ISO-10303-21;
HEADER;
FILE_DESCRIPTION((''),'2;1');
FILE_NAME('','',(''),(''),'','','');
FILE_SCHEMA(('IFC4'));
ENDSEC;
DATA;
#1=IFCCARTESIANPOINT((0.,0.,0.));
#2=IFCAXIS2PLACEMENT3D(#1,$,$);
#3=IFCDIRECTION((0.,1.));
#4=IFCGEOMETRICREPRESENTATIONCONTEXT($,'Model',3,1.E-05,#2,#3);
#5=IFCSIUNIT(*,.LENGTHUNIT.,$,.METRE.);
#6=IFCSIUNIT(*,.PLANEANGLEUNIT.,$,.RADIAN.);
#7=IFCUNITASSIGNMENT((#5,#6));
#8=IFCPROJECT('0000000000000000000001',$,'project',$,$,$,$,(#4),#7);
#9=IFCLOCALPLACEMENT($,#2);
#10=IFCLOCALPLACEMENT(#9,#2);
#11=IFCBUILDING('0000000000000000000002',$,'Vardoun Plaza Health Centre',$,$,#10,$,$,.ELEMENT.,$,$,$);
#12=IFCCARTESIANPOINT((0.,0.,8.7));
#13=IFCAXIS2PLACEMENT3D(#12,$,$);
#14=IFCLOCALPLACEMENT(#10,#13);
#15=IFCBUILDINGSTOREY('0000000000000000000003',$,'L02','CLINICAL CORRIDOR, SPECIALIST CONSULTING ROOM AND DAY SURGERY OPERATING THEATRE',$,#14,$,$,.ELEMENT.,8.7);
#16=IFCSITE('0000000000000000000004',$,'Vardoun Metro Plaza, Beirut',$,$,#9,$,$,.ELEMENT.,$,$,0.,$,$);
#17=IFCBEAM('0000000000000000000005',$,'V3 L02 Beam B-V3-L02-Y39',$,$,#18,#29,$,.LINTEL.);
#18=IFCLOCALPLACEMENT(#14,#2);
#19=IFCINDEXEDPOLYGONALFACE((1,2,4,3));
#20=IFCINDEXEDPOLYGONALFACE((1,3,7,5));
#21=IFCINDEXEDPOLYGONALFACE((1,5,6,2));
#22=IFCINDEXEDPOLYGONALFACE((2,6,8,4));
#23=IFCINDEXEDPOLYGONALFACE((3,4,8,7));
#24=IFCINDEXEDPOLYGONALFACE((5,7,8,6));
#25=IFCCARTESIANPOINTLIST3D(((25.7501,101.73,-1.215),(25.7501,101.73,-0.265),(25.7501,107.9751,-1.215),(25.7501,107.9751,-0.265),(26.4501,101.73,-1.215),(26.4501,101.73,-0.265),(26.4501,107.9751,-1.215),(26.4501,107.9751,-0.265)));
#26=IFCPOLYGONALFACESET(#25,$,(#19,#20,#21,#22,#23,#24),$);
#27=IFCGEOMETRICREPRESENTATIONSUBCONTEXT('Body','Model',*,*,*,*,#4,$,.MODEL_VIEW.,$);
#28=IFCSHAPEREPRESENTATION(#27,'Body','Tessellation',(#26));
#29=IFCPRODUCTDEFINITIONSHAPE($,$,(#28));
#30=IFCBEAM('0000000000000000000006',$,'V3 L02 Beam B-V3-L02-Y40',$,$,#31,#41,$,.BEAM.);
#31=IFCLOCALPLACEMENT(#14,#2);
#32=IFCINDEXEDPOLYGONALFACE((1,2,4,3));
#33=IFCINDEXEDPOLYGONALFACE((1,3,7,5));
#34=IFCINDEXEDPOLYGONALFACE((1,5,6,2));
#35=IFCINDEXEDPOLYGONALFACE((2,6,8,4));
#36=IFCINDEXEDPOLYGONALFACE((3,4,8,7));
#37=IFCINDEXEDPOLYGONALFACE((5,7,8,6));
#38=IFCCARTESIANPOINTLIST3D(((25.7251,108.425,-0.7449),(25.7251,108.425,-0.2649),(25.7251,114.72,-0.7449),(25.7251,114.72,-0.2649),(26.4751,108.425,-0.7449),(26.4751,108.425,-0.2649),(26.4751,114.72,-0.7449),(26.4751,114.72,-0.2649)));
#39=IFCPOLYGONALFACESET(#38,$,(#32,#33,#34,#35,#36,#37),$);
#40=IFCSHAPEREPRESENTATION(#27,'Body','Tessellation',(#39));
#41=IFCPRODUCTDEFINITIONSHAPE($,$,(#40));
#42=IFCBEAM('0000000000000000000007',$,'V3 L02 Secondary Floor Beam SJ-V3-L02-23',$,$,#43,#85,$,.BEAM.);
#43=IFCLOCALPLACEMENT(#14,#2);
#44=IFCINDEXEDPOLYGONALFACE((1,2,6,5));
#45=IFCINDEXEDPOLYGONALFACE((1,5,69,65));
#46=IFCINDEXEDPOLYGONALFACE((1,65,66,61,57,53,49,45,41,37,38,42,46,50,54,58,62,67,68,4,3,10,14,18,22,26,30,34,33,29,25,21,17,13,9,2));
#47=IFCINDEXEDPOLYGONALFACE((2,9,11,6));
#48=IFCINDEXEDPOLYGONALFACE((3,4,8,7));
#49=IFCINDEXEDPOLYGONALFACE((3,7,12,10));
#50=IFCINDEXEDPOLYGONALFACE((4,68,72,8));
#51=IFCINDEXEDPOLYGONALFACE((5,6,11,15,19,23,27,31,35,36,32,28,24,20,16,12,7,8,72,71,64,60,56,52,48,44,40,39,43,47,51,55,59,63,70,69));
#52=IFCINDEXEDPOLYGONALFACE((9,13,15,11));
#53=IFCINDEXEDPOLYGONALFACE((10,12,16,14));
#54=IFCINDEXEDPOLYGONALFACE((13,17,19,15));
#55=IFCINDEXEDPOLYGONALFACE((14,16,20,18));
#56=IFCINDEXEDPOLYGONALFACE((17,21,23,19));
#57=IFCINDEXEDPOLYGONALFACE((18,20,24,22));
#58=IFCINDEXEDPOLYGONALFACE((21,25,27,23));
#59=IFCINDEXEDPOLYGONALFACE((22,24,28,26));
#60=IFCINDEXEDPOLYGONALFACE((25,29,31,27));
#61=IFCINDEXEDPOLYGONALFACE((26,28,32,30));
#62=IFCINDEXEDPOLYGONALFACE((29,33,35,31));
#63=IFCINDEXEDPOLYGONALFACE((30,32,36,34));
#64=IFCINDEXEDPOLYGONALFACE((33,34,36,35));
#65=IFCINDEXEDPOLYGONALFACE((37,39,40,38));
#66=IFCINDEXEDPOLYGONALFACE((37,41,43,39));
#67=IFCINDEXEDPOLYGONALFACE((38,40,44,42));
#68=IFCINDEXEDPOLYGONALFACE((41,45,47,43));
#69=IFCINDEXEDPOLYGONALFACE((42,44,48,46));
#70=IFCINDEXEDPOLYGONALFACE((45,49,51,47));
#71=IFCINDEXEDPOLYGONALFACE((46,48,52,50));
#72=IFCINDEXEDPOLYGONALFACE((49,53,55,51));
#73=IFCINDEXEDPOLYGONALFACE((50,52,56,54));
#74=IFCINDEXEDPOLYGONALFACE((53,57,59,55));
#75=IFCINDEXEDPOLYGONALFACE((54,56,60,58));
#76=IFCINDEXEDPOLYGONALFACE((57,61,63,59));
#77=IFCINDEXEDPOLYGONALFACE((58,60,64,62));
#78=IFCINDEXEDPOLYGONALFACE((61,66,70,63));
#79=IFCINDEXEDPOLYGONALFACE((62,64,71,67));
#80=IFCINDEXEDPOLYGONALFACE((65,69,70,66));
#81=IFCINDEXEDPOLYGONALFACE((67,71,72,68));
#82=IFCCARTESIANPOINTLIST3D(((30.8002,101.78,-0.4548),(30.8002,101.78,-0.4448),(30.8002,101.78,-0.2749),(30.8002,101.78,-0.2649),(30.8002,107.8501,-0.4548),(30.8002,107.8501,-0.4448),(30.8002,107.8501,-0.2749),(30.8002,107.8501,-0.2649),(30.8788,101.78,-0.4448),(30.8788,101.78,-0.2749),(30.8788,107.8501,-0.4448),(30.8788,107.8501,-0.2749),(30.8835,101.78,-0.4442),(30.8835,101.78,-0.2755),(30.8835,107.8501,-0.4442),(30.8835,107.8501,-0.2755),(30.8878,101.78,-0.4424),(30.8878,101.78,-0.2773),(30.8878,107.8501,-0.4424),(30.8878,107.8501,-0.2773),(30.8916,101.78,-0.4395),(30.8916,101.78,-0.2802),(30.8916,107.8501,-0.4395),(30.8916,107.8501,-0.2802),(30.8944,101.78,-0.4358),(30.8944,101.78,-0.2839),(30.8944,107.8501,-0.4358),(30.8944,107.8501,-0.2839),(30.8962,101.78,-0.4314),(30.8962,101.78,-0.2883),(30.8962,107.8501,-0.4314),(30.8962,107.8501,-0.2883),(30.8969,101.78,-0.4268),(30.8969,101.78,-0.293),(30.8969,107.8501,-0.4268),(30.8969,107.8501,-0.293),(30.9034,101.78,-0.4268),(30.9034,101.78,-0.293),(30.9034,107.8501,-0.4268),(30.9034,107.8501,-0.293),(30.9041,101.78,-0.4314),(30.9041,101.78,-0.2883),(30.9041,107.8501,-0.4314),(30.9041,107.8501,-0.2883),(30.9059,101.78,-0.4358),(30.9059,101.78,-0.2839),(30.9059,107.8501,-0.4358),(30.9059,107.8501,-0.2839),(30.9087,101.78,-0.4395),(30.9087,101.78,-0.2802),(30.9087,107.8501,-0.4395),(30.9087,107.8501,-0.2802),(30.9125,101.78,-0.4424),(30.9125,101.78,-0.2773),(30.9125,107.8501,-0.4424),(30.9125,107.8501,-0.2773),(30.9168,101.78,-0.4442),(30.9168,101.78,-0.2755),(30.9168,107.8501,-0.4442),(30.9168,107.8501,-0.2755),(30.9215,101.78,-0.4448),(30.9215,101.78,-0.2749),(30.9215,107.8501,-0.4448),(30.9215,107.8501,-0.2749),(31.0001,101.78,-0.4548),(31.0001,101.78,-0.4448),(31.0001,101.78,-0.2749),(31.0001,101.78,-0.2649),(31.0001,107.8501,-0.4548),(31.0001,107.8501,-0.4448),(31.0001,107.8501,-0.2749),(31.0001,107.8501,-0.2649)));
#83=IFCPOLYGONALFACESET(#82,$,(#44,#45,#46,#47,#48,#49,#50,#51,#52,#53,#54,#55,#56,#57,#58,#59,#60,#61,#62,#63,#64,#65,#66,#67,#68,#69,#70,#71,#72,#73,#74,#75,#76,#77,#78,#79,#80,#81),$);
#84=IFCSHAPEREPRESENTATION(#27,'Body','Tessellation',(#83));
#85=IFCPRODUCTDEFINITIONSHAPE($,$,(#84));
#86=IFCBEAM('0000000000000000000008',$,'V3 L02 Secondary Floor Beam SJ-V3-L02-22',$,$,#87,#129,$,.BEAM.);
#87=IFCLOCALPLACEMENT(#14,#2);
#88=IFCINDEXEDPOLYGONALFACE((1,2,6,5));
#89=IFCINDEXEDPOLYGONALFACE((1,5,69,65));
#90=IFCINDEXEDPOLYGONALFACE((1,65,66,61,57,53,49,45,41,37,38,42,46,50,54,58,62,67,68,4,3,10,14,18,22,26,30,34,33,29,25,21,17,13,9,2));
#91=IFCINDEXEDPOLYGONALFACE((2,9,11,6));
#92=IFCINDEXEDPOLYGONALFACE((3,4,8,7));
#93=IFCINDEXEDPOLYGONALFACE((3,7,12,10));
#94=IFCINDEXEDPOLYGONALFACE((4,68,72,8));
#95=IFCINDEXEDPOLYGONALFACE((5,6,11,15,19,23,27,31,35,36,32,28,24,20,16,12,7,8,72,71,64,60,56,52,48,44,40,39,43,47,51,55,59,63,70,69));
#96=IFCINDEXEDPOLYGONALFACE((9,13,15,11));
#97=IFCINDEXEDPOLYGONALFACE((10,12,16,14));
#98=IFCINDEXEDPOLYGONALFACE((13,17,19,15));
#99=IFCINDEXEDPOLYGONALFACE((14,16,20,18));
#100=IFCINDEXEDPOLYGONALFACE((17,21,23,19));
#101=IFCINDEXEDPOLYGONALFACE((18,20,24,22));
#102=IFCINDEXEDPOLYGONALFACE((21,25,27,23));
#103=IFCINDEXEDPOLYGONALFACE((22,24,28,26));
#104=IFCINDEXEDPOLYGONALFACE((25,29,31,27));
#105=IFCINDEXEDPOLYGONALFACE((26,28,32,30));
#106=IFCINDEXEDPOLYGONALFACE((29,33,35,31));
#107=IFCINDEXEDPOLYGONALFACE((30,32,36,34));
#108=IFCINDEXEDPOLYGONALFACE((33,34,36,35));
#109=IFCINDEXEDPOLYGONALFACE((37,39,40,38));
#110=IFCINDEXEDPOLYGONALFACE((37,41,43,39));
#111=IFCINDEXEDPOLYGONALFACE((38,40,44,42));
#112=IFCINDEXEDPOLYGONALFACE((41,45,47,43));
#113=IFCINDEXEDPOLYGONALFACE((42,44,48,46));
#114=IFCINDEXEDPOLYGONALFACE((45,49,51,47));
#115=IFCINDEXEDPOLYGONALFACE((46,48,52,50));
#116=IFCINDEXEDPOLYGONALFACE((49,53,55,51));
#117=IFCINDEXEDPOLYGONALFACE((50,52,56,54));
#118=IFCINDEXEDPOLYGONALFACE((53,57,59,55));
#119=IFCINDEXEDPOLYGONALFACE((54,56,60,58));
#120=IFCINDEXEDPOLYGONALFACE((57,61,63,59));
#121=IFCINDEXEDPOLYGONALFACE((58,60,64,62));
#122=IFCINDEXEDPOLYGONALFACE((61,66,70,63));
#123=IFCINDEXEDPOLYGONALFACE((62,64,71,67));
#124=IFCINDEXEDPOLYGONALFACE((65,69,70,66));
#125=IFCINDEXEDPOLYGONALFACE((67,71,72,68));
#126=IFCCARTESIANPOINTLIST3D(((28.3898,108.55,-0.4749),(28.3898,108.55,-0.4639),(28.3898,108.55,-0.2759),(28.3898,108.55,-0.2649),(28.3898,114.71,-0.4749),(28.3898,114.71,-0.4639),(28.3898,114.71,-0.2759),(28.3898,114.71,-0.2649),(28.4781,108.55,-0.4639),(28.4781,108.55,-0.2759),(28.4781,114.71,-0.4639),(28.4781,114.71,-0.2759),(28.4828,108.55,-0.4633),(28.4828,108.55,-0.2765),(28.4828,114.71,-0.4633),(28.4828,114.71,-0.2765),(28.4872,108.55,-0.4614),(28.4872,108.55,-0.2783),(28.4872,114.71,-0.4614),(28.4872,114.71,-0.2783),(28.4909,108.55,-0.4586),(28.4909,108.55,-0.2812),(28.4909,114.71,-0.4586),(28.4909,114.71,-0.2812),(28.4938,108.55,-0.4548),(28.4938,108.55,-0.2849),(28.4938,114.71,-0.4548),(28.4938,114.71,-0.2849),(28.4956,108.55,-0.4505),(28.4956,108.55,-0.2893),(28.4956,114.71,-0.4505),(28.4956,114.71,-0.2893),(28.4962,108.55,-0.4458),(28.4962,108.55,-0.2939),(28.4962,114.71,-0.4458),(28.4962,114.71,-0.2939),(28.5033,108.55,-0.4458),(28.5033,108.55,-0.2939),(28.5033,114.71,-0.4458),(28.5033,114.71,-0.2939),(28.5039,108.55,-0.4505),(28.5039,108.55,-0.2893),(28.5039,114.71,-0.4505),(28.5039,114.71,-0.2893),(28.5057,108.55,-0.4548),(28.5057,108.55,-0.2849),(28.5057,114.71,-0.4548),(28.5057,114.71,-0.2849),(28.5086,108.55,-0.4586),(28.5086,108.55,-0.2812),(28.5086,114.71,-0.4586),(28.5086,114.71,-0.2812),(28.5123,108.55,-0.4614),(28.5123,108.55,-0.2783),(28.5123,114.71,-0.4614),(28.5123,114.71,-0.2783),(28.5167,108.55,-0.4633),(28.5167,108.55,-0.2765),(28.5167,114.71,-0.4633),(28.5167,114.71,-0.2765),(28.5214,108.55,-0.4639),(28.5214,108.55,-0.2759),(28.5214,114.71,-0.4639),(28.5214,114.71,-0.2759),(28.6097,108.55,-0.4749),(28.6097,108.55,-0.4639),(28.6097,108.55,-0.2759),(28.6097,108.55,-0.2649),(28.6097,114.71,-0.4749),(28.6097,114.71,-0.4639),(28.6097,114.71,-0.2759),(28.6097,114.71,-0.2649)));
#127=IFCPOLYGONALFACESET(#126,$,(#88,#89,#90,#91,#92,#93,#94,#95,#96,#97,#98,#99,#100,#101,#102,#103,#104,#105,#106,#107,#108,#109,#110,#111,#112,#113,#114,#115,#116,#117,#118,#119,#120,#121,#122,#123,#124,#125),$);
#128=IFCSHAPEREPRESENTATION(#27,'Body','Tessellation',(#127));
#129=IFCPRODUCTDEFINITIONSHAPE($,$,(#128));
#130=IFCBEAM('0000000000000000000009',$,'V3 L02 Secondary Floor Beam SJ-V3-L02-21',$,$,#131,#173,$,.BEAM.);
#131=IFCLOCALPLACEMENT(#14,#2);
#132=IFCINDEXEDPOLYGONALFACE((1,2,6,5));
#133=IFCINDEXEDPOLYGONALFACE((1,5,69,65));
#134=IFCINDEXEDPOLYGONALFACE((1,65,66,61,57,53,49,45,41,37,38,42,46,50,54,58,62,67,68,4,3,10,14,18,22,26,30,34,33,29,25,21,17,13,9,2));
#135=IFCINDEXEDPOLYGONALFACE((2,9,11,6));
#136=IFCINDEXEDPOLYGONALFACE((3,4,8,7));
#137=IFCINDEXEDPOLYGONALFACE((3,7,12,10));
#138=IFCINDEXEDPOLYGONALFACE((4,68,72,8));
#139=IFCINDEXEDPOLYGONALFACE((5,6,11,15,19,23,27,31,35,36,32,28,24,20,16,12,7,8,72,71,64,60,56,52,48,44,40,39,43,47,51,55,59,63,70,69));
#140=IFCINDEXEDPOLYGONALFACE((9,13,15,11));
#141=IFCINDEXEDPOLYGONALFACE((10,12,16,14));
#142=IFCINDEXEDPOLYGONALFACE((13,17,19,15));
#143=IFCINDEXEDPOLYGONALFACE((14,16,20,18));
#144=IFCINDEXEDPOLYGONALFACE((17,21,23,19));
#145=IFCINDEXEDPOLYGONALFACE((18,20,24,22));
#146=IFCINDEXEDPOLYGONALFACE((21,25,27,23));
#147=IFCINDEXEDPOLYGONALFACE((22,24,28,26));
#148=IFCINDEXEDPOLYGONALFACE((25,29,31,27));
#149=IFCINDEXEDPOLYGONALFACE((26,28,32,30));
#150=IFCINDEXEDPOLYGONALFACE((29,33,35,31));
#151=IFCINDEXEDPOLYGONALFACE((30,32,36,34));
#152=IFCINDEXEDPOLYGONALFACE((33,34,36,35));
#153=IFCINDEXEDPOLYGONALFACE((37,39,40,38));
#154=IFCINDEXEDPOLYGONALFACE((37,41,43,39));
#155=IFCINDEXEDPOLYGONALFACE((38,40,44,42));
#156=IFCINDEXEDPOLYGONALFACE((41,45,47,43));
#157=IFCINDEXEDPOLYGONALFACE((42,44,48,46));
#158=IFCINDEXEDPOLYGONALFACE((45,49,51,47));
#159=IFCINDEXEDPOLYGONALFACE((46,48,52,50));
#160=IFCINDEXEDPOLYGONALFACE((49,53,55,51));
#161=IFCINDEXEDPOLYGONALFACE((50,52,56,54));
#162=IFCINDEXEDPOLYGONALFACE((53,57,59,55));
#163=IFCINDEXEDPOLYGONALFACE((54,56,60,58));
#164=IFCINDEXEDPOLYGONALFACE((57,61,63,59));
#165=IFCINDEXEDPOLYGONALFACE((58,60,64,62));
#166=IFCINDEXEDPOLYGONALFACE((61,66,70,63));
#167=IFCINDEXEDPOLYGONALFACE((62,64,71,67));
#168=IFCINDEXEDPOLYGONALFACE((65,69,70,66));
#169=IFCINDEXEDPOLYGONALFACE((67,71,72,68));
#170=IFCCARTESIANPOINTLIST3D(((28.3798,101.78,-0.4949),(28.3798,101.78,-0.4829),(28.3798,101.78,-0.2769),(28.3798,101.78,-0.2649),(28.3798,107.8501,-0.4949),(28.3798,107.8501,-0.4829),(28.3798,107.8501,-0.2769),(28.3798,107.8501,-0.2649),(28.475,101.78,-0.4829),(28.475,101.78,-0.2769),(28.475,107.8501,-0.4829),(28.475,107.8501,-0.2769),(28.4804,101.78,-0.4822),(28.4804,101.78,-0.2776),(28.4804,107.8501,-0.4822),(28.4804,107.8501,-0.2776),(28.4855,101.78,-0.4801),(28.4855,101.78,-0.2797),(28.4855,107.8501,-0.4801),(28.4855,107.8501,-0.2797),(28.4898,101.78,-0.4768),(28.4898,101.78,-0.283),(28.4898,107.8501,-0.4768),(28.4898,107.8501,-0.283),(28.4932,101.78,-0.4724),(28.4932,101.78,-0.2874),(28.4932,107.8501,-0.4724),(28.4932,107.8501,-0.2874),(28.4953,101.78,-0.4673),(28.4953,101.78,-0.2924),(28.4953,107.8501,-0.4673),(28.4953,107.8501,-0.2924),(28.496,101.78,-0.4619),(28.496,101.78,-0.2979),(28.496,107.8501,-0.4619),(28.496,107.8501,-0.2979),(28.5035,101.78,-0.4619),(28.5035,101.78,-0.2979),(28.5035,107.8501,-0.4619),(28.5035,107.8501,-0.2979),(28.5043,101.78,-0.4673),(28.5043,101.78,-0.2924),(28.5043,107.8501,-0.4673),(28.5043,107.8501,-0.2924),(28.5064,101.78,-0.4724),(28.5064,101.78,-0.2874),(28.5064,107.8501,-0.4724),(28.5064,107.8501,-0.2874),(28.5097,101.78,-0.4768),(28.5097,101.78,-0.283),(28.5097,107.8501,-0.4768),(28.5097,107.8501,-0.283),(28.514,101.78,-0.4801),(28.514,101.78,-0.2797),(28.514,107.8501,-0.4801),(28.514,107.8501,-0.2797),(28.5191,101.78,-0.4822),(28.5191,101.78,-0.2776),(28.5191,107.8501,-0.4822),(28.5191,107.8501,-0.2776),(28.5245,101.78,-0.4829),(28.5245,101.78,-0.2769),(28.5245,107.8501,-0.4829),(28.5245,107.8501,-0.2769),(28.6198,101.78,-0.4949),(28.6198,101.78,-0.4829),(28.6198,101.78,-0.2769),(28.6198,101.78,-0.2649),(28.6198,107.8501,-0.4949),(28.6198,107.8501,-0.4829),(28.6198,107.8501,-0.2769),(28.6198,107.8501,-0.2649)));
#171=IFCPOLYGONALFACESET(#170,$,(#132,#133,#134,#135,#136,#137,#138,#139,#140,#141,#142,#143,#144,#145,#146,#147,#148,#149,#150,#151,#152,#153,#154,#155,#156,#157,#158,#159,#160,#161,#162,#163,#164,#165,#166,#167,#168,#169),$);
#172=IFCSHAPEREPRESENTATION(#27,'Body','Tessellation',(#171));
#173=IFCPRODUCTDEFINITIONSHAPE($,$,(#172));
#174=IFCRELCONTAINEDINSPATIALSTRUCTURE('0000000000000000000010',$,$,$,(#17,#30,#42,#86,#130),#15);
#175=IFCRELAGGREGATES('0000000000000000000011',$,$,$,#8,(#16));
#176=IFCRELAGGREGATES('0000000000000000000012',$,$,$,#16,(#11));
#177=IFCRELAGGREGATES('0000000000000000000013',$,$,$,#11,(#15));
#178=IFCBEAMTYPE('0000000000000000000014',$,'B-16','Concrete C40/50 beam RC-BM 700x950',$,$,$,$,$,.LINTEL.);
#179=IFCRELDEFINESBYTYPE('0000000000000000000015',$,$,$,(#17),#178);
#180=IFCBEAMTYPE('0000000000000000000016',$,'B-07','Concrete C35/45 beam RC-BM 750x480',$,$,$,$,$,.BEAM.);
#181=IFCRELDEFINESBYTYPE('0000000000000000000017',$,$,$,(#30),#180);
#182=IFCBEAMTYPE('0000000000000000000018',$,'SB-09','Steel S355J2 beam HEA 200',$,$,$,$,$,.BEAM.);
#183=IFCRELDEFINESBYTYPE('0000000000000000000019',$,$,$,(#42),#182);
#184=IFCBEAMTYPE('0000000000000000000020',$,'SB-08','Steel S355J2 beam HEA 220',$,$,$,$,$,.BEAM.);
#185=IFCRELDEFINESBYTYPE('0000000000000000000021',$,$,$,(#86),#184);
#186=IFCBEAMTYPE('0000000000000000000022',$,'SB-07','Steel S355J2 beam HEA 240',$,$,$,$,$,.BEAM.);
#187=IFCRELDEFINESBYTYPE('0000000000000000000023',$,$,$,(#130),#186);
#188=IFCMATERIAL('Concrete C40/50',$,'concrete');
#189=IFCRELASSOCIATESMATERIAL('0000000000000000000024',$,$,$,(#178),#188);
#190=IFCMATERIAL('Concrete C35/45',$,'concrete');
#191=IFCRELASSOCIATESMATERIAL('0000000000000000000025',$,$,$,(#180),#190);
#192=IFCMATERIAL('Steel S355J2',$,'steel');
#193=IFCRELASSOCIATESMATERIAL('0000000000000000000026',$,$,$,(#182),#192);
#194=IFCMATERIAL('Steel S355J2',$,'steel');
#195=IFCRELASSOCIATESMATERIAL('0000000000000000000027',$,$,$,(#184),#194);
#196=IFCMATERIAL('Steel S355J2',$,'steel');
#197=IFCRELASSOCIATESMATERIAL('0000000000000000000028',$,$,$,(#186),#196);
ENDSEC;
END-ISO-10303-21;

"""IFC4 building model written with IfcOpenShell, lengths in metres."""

from ifc_helpers import new_model, si_unit, direction, frame, origin, origin_2d, place, context, subcontext, project, spatial, rectangle, i_section, extrude, material, material_profile, profile_set, type_object, element, save


model = new_model("IFC4")

# Units and contexts
model_context = context("Model", 3, precision=1e-05, world=origin(), true_north=direction((0.0, 1.0)))
body_context = subcontext(model_context, "Body", "Model", "MODEL_VIEW")
ifc_project = project(units=[si_unit("LENGTHUNIT", "METRE"), si_unit("PLANEANGLEUNIT", "RADIAN")], contexts=[model_context])

# Site, building, storey
site_placement = place(None, origin())
site = spatial("IfcSite", under=ifc_project, at=site_placement, Name="Vardoun Metro Plaza, Beirut", CompositionType="ELEMENT", RefElevation=0.0)
building_placement = place(site_placement, origin())
building = spatial("IfcBuilding", under=site, at=building_placement, Name="Vardoun Plaza Health Centre", CompositionType="ELEMENT")
storey_placement = place(building_placement, frame((0.0, 0.0, 8.7)))
storey = spatial("IfcBuildingStorey", under=building, at=storey_placement, Name="L02", Description="CLINICAL CORRIDOR, SPECIALIST CONSULTING ROOM AND DAY SURGERY OPERATING THEATRE", CompositionType="ELEMENT", Elevation=8.7)

# Beams
ifc_material_1 = material(Name="Concrete C40/50", Category="concrete")
ifc_material_profile_1 = material_profile(ifc_material_1, rectangle(XDim=0.7, YDim=0.95, at=origin_2d()), Name="RC-BM 700x950")
ifc_profile_set_1 = profile_set([ifc_material_profile_1], Name="Concrete C40/50")
beam_type_1 = type_object("IfcBeamType", Name="B-16", Description="Concrete C40/50 beam RC-BM 700x950", PredefinedType="LINTEL", material=ifc_profile_set_1)
beam_1_placement = place(storey_placement, frame((26.1001, 101.73, -0.74), z_axis=(0.0, 1.0, 0.0), x_axis=(-1.0, 0.0, 0.0)))
element("IfcBeam", 1, at=beam_1_placement, inside=storey, type_object=beam_type_1, Name="V3 L02 Beam B-V3-L02-Y39", PredefinedType="LINTEL", context=body_context, shape_type="SweptSolid", body=[
    extrude(rectangle(XDim=0.7, YDim=0.95, at=origin_2d()), origin(), (0.0, 0.0, 1.0), 6.2451),
])
ifc_material_2 = material(Name="Concrete C35/45", Category="concrete")
ifc_material_profile_2 = material_profile(ifc_material_2, rectangle(XDim=0.75, YDim=0.48, at=origin_2d()), Name="RC-BM 750x480")
ifc_profile_set_2 = profile_set([ifc_material_profile_2], Name="Concrete C35/45")
beam_type_2 = type_object("IfcBeamType", Name="B-07", Description="Concrete C35/45 beam RC-BM 750x480", PredefinedType="BEAM", material=ifc_profile_set_2)
beam_2_placement = place(storey_placement, frame((26.1001, 108.425, -0.5049), z_axis=(0.0, 1.0, 0.0), x_axis=(-1.0, 0.0, 0.0)))
element("IfcBeam", 2, at=beam_2_placement, inside=storey, type_object=beam_type_2, Name="V3 L02 Beam B-V3-L02-Y40", PredefinedType="BEAM", context=body_context, shape_type="SweptSolid", body=[
    extrude(rectangle(XDim=0.75, YDim=0.48, at=origin_2d()), origin(), (0.0, 0.0, 1.0), 6.2949),
])
ifc_material_3 = material(Name="Steel S355J2", Category="steel")
ifc_material_profile_3 = material_profile(ifc_material_3, i_section(OverallWidth=0.2, OverallDepth=0.1899, WebThickness=0.0066, FlangeThickness=0.01, FilletRadius=0.0181, at=origin_2d()), Name="HEA 200")
ifc_profile_set_3 = profile_set([ifc_material_profile_3], Name="Steel S355J2")
beam_type_3 = type_object("IfcBeamType", Name="SB-09", Description="Steel S355J2 beam HEA 200", PredefinedType="BEAM", material=ifc_profile_set_3)
beam_3_placement = place(storey_placement, frame((30.9001, 101.78, -0.3599), z_axis=(0.0, 1.0, 0.0), x_axis=(-1.0, 0.0, 0.0)))
element("IfcBeam", 3, at=beam_3_placement, inside=storey, type_object=beam_type_3, Name="V3 L02 Secondary Floor Beam SJ-V3-L02-23", PredefinedType="BEAM", context=body_context, shape_type="SweptSolid", body=[
    extrude(i_section(OverallWidth=0.2, OverallDepth=0.1899, WebThickness=0.0066, FlangeThickness=0.01, FilletRadius=0.0181, at=origin_2d()), origin(), (0.0, 0.0, 1.0), 6.0701),
])
ifc_material_4 = material(Name="Steel S355J2", Category="steel")
ifc_material_profile_4 = material_profile(ifc_material_4, i_section(OverallWidth=0.22, OverallDepth=0.21, WebThickness=0.0071, FlangeThickness=0.011, FilletRadius=0.0181, at=origin_2d()), Name="HEA 220")
ifc_profile_set_4 = profile_set([ifc_material_profile_4], Name="Steel S355J2")
beam_type_4 = type_object("IfcBeamType", Name="SB-08", Description="Steel S355J2 beam HEA 220", PredefinedType="BEAM", material=ifc_profile_set_4)
beam_4_placement = place(storey_placement, frame((28.4998, 108.55, -0.3699), z_axis=(0.0, 1.0, 0.0), x_axis=(-1.0, 0.0, 0.0)))
element("IfcBeam", 4, at=beam_4_placement, inside=storey, type_object=beam_type_4, Name="V3 L02 Secondary Floor Beam SJ-V3-L02-22", PredefinedType="BEAM", context=body_context, shape_type="SweptSolid", body=[
    extrude(i_section(OverallWidth=0.22, OverallDepth=0.21, WebThickness=0.0071, FlangeThickness=0.011, FilletRadius=0.0181, at=origin_2d()), origin(), (0.0, 0.0, 1.0), 6.1599),
])
ifc_material_5 = material(Name="Steel S355J2", Category="steel")
ifc_material_profile_5 = material_profile(ifc_material_5, i_section(OverallWidth=0.24, OverallDepth=0.23, WebThickness=0.0076, FlangeThickness=0.012, FilletRadius=0.021, at=origin_2d()), Name="HEA 240")
ifc_profile_set_5 = profile_set([ifc_material_profile_5], Name="Steel S355J2")
beam_type_5 = type_object("IfcBeamType", Name="SB-07", Description="Steel S355J2 beam HEA 240", PredefinedType="BEAM", material=ifc_profile_set_5)
beam_5_placement = place(storey_placement, frame((28.4998, 101.78, -0.3799), z_axis=(0.0, 1.0, 0.0), x_axis=(-1.0, 0.0, 0.0)))
element("IfcBeam", 5, at=beam_5_placement, inside=storey, type_object=beam_type_5, Name="V3 L02 Secondary Floor Beam SJ-V3-L02-21", PredefinedType="BEAM", context=body_context, shape_type="SweptSolid", body=[
    extrude(i_section(OverallWidth=0.24, OverallDepth=0.23, WebThickness=0.0076, FlangeThickness=0.012, FilletRadius=0.021, at=origin_2d()), origin(), (0.0, 0.0, 1.0), 6.0701),
])

save(model, "model.ifc")
